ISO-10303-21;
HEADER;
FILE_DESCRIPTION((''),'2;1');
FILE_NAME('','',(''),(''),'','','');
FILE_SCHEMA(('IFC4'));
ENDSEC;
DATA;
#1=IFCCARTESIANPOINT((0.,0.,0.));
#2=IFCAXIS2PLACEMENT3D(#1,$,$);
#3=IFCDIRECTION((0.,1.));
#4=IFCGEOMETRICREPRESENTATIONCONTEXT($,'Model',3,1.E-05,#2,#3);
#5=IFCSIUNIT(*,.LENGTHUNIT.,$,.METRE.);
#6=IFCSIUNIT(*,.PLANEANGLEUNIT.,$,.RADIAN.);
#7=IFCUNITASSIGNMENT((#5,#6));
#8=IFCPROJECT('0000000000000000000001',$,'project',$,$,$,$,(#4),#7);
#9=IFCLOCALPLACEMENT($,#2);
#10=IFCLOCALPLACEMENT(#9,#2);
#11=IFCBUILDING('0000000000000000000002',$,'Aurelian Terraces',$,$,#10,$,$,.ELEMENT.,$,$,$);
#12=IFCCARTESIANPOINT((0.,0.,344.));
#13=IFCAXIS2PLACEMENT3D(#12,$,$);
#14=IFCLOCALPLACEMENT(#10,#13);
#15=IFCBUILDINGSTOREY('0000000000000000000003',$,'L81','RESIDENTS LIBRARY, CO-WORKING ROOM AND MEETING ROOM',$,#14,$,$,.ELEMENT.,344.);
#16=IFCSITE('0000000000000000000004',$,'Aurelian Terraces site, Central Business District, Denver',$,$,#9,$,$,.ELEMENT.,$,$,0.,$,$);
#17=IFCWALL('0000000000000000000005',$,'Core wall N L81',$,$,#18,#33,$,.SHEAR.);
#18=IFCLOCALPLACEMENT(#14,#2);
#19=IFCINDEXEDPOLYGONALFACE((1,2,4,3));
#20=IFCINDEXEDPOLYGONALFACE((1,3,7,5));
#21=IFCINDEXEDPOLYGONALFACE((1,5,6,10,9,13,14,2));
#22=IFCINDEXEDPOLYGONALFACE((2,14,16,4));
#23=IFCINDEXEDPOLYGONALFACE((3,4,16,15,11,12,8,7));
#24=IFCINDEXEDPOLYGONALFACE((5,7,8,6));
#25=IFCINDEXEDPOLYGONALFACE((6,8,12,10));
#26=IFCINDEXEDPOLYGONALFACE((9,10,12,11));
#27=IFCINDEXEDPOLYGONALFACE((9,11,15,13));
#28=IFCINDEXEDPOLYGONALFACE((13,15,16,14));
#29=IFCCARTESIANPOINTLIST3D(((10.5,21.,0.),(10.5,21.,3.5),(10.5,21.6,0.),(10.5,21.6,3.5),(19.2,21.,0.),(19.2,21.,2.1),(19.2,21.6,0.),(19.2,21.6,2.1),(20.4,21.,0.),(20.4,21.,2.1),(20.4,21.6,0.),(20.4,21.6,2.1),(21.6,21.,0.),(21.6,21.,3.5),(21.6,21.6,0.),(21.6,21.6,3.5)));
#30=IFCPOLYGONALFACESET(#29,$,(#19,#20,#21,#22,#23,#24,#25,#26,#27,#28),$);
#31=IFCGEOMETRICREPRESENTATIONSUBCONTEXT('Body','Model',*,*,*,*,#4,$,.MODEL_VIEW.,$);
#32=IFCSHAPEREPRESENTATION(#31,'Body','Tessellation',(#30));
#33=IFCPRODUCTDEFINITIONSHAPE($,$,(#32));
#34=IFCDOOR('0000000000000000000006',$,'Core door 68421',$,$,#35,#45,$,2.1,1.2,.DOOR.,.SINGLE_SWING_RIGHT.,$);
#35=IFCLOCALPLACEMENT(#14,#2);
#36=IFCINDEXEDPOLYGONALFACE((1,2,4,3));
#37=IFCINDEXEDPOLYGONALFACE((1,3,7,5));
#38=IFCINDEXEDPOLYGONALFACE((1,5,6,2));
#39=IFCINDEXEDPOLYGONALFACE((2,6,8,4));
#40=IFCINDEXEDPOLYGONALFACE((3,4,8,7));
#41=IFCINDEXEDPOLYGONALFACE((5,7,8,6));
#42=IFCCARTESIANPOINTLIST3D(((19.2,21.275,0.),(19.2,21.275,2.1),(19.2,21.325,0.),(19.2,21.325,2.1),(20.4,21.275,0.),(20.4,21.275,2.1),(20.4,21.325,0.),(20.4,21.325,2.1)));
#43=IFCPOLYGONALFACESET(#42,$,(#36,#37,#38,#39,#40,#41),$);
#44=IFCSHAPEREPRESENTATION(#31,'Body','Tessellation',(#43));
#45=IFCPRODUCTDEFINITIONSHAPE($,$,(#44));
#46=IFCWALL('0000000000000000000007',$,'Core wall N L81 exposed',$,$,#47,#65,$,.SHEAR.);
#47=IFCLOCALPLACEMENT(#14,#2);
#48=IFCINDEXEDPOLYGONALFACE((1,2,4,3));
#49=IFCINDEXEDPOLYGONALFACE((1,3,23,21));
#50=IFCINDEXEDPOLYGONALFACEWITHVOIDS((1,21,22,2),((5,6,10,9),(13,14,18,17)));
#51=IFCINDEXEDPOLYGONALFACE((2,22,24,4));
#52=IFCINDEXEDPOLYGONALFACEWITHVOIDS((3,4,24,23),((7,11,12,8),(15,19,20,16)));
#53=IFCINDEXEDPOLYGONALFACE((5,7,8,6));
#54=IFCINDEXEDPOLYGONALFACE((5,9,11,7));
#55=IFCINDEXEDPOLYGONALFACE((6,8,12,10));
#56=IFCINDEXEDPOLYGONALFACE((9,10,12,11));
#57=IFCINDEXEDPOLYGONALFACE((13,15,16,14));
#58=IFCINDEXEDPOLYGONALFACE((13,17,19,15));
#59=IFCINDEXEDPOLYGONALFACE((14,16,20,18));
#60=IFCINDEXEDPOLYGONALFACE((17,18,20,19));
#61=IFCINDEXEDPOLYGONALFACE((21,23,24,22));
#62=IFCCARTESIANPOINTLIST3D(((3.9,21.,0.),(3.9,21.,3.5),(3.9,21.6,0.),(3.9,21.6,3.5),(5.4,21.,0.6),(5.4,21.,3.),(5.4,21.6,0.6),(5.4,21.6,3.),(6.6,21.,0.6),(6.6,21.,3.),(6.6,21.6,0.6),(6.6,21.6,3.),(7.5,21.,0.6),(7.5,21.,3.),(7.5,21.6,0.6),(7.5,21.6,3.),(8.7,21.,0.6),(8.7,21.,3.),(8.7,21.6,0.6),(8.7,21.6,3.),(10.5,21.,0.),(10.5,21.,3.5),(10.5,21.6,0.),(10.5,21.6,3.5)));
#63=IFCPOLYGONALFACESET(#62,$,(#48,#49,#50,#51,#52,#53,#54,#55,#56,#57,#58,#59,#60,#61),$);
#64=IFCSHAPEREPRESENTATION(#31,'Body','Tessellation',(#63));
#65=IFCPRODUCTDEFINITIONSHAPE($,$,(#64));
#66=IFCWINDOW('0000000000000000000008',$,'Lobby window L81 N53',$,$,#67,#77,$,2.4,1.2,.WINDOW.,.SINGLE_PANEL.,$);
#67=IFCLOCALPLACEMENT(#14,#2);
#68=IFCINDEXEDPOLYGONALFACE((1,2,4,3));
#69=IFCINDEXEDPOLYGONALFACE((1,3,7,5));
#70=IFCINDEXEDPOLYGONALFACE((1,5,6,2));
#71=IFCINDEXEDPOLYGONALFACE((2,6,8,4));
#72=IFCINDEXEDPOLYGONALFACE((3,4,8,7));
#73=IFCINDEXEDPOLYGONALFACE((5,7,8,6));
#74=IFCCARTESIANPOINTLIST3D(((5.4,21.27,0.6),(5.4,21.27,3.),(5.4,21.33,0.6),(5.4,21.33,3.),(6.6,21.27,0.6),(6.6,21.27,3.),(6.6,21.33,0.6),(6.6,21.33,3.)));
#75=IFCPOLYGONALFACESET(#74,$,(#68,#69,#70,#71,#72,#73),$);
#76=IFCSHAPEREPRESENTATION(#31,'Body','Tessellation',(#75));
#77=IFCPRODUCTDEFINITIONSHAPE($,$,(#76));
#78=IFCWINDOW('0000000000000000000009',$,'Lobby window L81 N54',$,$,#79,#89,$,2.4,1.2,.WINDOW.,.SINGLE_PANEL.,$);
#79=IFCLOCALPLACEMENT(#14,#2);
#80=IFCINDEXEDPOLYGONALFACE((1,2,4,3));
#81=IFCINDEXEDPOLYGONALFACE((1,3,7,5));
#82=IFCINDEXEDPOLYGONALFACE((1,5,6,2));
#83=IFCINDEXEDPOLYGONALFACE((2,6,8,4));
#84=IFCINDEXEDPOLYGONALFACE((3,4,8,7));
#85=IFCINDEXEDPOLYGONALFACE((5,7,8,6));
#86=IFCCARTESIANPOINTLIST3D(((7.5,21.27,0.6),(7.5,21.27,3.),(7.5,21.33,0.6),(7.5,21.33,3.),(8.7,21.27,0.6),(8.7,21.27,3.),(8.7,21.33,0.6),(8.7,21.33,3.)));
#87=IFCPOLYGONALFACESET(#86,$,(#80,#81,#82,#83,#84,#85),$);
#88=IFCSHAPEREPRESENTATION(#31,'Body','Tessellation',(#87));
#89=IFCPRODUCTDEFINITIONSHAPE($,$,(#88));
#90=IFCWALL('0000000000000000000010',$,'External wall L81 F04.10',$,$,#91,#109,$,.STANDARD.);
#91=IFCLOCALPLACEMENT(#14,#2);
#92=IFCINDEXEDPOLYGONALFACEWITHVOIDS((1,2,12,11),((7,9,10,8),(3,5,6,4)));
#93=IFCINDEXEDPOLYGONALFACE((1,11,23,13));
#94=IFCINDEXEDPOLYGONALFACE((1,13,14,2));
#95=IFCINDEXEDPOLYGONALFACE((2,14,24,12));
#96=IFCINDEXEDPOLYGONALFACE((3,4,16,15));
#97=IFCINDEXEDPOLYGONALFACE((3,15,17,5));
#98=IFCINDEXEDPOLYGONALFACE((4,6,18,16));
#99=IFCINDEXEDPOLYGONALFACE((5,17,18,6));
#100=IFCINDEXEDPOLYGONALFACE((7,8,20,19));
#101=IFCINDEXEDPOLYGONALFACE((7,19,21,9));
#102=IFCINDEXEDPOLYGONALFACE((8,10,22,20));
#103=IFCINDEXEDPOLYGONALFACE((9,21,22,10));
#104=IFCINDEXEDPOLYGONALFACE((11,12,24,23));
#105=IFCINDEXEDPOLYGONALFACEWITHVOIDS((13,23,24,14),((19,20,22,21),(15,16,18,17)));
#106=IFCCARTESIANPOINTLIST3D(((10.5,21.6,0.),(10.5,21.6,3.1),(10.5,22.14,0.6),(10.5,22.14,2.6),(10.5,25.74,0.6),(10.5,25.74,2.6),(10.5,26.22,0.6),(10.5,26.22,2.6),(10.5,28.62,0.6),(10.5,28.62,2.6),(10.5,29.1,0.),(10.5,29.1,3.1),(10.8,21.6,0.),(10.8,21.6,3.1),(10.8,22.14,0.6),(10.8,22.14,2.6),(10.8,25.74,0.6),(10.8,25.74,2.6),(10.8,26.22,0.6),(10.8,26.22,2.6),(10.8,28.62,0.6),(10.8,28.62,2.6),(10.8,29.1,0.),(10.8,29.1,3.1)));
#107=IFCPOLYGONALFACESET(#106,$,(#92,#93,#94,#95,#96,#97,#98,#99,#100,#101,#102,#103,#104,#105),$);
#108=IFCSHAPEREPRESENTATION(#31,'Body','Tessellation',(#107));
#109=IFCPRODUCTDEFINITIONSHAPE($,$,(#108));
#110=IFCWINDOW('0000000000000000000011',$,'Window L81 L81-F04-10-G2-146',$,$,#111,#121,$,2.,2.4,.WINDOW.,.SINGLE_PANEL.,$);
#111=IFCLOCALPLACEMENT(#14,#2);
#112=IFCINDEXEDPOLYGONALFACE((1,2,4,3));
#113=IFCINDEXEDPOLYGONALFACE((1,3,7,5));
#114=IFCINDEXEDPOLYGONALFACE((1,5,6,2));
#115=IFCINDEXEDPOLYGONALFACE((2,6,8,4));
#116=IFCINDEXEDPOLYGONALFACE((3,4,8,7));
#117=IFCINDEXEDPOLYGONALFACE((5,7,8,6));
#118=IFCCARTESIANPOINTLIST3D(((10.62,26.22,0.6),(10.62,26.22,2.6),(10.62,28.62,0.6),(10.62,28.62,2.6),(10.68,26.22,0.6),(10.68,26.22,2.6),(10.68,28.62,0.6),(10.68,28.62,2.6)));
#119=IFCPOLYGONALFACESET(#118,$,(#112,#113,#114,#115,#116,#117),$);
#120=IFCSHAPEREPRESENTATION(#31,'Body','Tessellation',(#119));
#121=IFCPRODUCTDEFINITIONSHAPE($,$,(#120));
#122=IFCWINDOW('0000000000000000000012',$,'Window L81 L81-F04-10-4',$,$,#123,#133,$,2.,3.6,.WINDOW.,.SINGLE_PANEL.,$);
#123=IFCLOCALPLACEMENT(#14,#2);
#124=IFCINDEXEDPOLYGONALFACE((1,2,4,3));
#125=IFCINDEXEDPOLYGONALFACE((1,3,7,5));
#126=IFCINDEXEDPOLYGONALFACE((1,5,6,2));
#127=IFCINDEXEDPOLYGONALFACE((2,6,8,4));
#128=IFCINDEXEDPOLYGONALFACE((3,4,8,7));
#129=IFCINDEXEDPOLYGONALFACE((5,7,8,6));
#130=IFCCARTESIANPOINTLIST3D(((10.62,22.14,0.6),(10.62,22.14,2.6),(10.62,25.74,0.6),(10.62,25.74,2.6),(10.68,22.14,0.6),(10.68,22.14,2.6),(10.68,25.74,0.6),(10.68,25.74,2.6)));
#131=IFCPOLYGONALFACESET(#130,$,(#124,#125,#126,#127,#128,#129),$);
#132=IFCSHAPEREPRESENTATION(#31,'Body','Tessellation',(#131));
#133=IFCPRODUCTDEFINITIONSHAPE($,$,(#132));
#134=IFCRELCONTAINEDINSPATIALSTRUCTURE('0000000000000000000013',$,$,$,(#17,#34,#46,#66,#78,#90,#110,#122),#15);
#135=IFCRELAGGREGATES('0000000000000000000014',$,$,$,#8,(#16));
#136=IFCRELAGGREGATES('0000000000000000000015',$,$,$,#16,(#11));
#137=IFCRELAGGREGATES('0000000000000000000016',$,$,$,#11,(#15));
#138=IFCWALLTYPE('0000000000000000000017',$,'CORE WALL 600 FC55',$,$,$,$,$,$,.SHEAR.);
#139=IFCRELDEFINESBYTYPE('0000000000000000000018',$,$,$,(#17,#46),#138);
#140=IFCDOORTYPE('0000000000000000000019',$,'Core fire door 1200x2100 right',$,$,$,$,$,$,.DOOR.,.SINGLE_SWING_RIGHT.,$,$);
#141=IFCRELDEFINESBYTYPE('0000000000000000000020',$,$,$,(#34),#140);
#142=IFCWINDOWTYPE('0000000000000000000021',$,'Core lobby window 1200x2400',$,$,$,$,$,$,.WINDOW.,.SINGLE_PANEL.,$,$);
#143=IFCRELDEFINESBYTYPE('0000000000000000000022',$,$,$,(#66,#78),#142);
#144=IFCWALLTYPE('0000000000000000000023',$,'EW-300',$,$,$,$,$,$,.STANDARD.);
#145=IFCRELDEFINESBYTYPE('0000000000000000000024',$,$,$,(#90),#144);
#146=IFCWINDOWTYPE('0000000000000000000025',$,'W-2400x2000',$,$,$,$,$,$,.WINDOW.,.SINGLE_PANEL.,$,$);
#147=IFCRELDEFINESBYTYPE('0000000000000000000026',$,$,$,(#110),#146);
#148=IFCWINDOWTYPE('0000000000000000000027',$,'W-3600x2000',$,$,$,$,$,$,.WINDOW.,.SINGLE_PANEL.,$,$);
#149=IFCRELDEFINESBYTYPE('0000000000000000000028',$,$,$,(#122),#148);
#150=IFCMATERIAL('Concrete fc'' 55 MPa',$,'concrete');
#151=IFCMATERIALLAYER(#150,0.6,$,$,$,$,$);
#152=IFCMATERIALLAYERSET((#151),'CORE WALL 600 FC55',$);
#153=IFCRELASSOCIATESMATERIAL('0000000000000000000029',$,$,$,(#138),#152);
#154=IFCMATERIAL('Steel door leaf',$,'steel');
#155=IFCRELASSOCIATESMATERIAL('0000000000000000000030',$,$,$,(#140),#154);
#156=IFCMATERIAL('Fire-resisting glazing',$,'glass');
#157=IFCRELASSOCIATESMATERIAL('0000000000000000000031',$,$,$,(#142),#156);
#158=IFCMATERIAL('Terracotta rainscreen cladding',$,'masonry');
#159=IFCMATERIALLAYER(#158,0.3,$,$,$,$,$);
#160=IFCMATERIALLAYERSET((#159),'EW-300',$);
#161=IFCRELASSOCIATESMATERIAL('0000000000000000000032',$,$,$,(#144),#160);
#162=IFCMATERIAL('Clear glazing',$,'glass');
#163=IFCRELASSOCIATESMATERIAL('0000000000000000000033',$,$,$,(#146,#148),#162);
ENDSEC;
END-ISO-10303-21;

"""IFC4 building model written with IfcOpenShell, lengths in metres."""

from ifc_helpers import new_model, si_unit, direction, frame, frame_2d, origin, place, context, subcontext, project, spatial, rectangle, extrude, source, transform, mapped, material, layer, layer_set, type_object, element, fill, save


model = new_model("IFC4")

# Units and contexts
model_context = context("Model", 3, precision=1e-05, world=origin(), true_north=direction((0.0, 1.0)))
body_context = subcontext(model_context, "Body", "Model", "MODEL_VIEW")
ifc_project = project(units=[si_unit("LENGTHUNIT", "METRE"), si_unit("PLANEANGLEUNIT", "RADIAN")], contexts=[model_context])

# Site, building, storey
site_placement = place(None, origin())
site = spatial("IfcSite", under=ifc_project, at=site_placement, Name="Aurelian Terraces site, Central Business District, Denver", CompositionType="ELEMENT", RefElevation=0.0)
building_placement = place(site_placement, origin())
building = spatial("IfcBuilding", under=site, at=building_placement, Name="Aurelian Terraces", CompositionType="ELEMENT")
storey_placement = place(building_placement, frame((0.0, 0.0, 344.0)))
storey = spatial("IfcBuildingStorey", under=building, at=storey_placement, Name="L81", Description="RESIDENTS LIBRARY, CO-WORKING ROOM AND MEETING ROOM", CompositionType="ELEMENT", Elevation=344.0)

# Wall, opening, door
ifc_material_1 = material(Name="Concrete fc' 55 MPa", Category="concrete")
ifc_layer_1 = layer(ifc_material_1, 0.6)
ifc_layer_set_1 = layer_set([ifc_layer_1], Name="CORE WALL 600 FC55")
wall_type_1 = type_object("IfcWallType", Name="CORE WALL 600 FC55", PredefinedType="SHEAR", material=ifc_layer_set_1)
shared_shape_1 = source(origin(), body_context, "Body", "SweptSolid", [
    extrude(rectangle(XDim=11.1, YDim=0.6, at=frame_2d((5.55, 0.0))), origin(), (0.0, 0.0, 1.0), 3.5),
])
wall_1_placement = place(storey_placement, frame((10.5, 21.3, 0.0), z_axis=(0.0, 0.0, 1.0), x_axis=(1.0, 0.0, 0.0)))
wall_1 = element("IfcWall", 1, at=wall_1_placement, inside=storey, type_object=wall_type_1, Name="Core wall N L81", PredefinedType="SHEAR", context=body_context, shape_type="MappedRepresentation", body=[
    mapped(shared_shape_1, transform((0.0, 0.0, 0.0), scale=1.0)),
])
shared_shape_2 = source(origin(), body_context, "Body", "SweptSolid", [
    extrude(rectangle(XDim=1.2, YDim=2.1, at=frame_2d((0.6, 1.05))), frame((0.0, 0.31, 0.0), z_axis=(0.0, -1.0, 0.0), x_axis=(1.0, 0.0, 0.0)), (0.0, 0.0, 1.0), 0.62),
])
opening_1_placement = place(wall_1_placement, frame((8.7, 0.0, 0.0)))
opening_1 = element("IfcOpeningElement", 2, at=opening_1_placement, cuts=wall_1, PredefinedType="OPENING", context=body_context, shape_type="MappedRepresentation", body=[
    mapped(shared_shape_2, transform((0.0, 0.0, 0.0), scale=1.0)),
])
ifc_material_2 = material(Name="Steel door leaf", Category="steel")
door_type = type_object("IfcDoorType", Name="Core fire door 1200x2100 right", OperationType="SINGLE_SWING_RIGHT", PredefinedType="DOOR", material=ifc_material_2)
shared_shape_3 = source(origin(), body_context, "Body", "SweptSolid", [
    extrude(rectangle(XDim=1.2, YDim=2.1, at=frame_2d((0.6, 1.05))), frame((0.0, 0.025, 0.0), z_axis=(0.0, -1.0, 0.0), x_axis=(1.0, 0.0, 0.0)), (0.0, 0.0, 1.0), 0.05),
])
door_placement = place(opening_1_placement, origin())
door = element("IfcDoor", 3, at=door_placement, inside=storey, type_object=door_type, Name="Core door 68421", OperationType="SINGLE_SWING_RIGHT", OverallHeight=2.1, OverallWidth=1.2, PredefinedType="DOOR", context=body_context, shape_type="MappedRepresentation", body=[
    mapped(shared_shape_3, transform((0.0, 0.0, 0.0), scale=1.0)),
])
fill(opening_1, door)

# Walls, openings, windows
shared_shape_4 = source(origin(), body_context, "Body", "SweptSolid", [
    extrude(rectangle(XDim=6.6, YDim=0.6, at=frame_2d((3.3, 0.0))), origin(), (0.0, 0.0, 1.0), 3.5),
])
wall_2_placement = place(storey_placement, frame((3.9, 21.3, 0.0), z_axis=(0.0, 0.0, 1.0), x_axis=(1.0, 0.0, 0.0)))
wall_2 = element("IfcWall", 4, at=wall_2_placement, inside=storey, type_object=wall_type_1, Name="Core wall N L81 exposed", PredefinedType="SHEAR", context=body_context, shape_type="MappedRepresentation", body=[
    mapped(shared_shape_4, transform((0.0, 0.0, 0.0), scale=1.0)),
])
shared_shape_5 = source(origin(), body_context, "Body", "SweptSolid", [
    extrude(rectangle(XDim=1.2, YDim=2.4, at=frame_2d((0.6, 1.2))), frame((0.0, 0.31, 0.0), z_axis=(0.0, -1.0, 0.0), x_axis=(1.0, 0.0, 0.0)), (0.0, 0.0, 1.0), 0.62),
])
opening_2_placement = place(wall_2_placement, frame((1.5, 0.0, 0.6)))
opening_2 = element("IfcOpeningElement", 5, at=opening_2_placement, cuts=wall_2, PredefinedType="OPENING", context=body_context, shape_type="MappedRepresentation", body=[
    mapped(shared_shape_5, transform((0.0, 0.0, 0.0), scale=1.0)),
])
opening_3_placement = place(wall_2_placement, frame((3.6, 0.0, 0.6)))
opening_3 = element("IfcOpeningElement", 6, at=opening_3_placement, cuts=wall_2, PredefinedType="OPENING", context=body_context, shape_type="MappedRepresentation", body=[
    mapped(shared_shape_5, transform((0.0, 0.0, 0.0), scale=1.0)),
])
ifc_material_3 = material(Name="Fire-resisting glazing", Category="glass")
window_type_1 = type_object("IfcWindowType", Name="Core lobby window 1200x2400", PartitioningType="SINGLE_PANEL", PredefinedType="WINDOW", material=ifc_material_3)
shared_shape_6 = source(origin(), body_context, "Body", "SweptSolid", [
    extrude(rectangle(XDim=1.2, YDim=2.4, at=frame_2d((0.6, 1.2))), frame((0.0, 0.03, 0.0), z_axis=(0.0, -1.0, 0.0), x_axis=(1.0, 0.0, 0.0)), (0.0, 0.0, 1.0), 0.06),
])
window_1_placement = place(opening_2_placement, origin())
window_1 = element("IfcWindow", 7, at=window_1_placement, inside=storey, type_object=window_type_1, Name="Lobby window L81 N53", OverallHeight=2.4, OverallWidth=1.2, PartitioningType="SINGLE_PANEL", PredefinedType="WINDOW", context=body_context, shape_type="MappedRepresentation", body=[
    mapped(shared_shape_6, transform((0.0, 0.0, 0.0), scale=1.0)),
])
fill(opening_2, window_1)
window_2_placement = place(opening_3_placement, origin())
window_2 = element("IfcWindow", 8, at=window_2_placement, inside=storey, type_object=window_type_1, Name="Lobby window L81 N54", OverallHeight=2.4, OverallWidth=1.2, PartitioningType="SINGLE_PANEL", PredefinedType="WINDOW", context=body_context, shape_type="MappedRepresentation", body=[
    mapped(shared_shape_6, transform((0.0, 0.0, 0.0), scale=1.0)),
])
fill(opening_3, window_2)
ifc_material_4 = material(Name="Terracotta rainscreen cladding", Category="masonry")
ifc_layer_2 = layer(ifc_material_4, 0.3)
ifc_layer_set_2 = layer_set([ifc_layer_2], Name="EW-300")
wall_type_2 = type_object("IfcWallType", Name="EW-300", PredefinedType="STANDARD", material=ifc_layer_set_2)
shared_shape_7 = source(origin(), body_context, "Body", "SweptSolid", [
    extrude(rectangle(XDim=7.5, YDim=0.3, at=frame_2d((3.75, 0.0))), origin(), (0.0, 0.0, 1.0), 3.1),
])
wall_3_placement = place(storey_placement, frame((10.65, 29.1, 0.0), z_axis=(0.0, 0.0, 1.0), x_axis=(0.0, -1.0, 0.0)))
wall_3 = element("IfcWall", 9, at=wall_3_placement, inside=storey, type_object=wall_type_2, Name="External wall L81 F04.10", PredefinedType="STANDARD", context=body_context, shape_type="MappedRepresentation", body=[
    mapped(shared_shape_7, transform((0.0, 0.0, 0.0), scale=1.0)),
])
shared_shape_8 = source(origin(), body_context, "Body", "SweptSolid", [
    extrude(rectangle(XDim=3.6, YDim=2.0, at=frame_2d((1.8, 1.0))), frame((0.0, 0.16, 0.0), z_axis=(0.0, -1.0, 0.0), x_axis=(1.0, 0.0, 0.0)), (0.0, 0.0, 1.0), 0.32),
])
opening_4_placement = place(wall_3_placement, frame((3.36, 0.0, 0.6)))
opening_4 = element("IfcOpeningElement", 10, at=opening_4_placement, cuts=wall_3, PredefinedType="OPENING", context=body_context, shape_type="MappedRepresentation", body=[
    mapped(shared_shape_8, transform((0.0, 0.0, 0.0), scale=1.0)),
])
shared_shape_9 = source(origin(), body_context, "Body", "SweptSolid", [
    extrude(rectangle(XDim=2.4, YDim=2.0, at=frame_2d((1.2, 1.0))), frame((0.0, 0.16, 0.0), z_axis=(0.0, -1.0, 0.0), x_axis=(1.0, 0.0, 0.0)), (0.0, 0.0, 1.0), 0.32),
])
opening_5_placement = place(wall_3_placement, frame((0.48, 0.0, 0.6)))
opening_5 = element("IfcOpeningElement", 11, at=opening_5_placement, cuts=wall_3, PredefinedType="OPENING", context=body_context, shape_type="MappedRepresentation", body=[
    mapped(shared_shape_9, transform((0.0, 0.0, 0.0), scale=1.0)),
])
ifc_material_5 = material(Name="Clear glazing", Category="glass")
window_type_2 = type_object("IfcWindowType", Name="W-2400x2000", PartitioningType="SINGLE_PANEL", PredefinedType="WINDOW", material=ifc_material_5)
shared_shape_10 = source(origin(), body_context, "Body", "SweptSolid", [
    extrude(rectangle(XDim=2.4, YDim=2.0, at=frame_2d((1.2, 1.0))), frame((0.0, 0.03, 0.0), z_axis=(0.0, -1.0, 0.0), x_axis=(1.0, 0.0, 0.0)), (0.0, 0.0, 1.0), 0.06),
])
window_3_placement = place(opening_5_placement, origin())
window_3 = element("IfcWindow", 12, at=window_3_placement, inside=storey, type_object=window_type_2, Name="Window L81 L81-F04-10-G2-146", OverallHeight=2.0, OverallWidth=2.4, PartitioningType="SINGLE_PANEL", PredefinedType="WINDOW", context=body_context, shape_type="MappedRepresentation", body=[
    mapped(shared_shape_10, transform((0.0, 0.0, 0.0), scale=1.0)),
])
fill(opening_5, window_3)
window_type_3 = type_object("IfcWindowType", Name="W-3600x2000", PartitioningType="SINGLE_PANEL", PredefinedType="WINDOW", material=ifc_material_5)
shared_shape_11 = source(origin(), body_context, "Body", "SweptSolid", [
    extrude(rectangle(XDim=3.6, YDim=2.0, at=frame_2d((1.8, 1.0))), frame((0.0, 0.03, 0.0), z_axis=(0.0, -1.0, 0.0), x_axis=(1.0, 0.0, 0.0)), (0.0, 0.0, 1.0), 0.06),
])
window_4_placement = place(opening_4_placement, origin())
window_4 = element("IfcWindow", 13, at=window_4_placement, inside=storey, type_object=window_type_3, Name="Window L81 L81-F04-10-4", OverallHeight=2.0, OverallWidth=3.6, PartitioningType="SINGLE_PANEL", PredefinedType="WINDOW", context=body_context, shape_type="MappedRepresentation", body=[
    mapped(shared_shape_11, transform((0.0, 0.0, 0.0), scale=1.0)),
])
fill(opening_4, window_4)

save(model, "model.ifc")
